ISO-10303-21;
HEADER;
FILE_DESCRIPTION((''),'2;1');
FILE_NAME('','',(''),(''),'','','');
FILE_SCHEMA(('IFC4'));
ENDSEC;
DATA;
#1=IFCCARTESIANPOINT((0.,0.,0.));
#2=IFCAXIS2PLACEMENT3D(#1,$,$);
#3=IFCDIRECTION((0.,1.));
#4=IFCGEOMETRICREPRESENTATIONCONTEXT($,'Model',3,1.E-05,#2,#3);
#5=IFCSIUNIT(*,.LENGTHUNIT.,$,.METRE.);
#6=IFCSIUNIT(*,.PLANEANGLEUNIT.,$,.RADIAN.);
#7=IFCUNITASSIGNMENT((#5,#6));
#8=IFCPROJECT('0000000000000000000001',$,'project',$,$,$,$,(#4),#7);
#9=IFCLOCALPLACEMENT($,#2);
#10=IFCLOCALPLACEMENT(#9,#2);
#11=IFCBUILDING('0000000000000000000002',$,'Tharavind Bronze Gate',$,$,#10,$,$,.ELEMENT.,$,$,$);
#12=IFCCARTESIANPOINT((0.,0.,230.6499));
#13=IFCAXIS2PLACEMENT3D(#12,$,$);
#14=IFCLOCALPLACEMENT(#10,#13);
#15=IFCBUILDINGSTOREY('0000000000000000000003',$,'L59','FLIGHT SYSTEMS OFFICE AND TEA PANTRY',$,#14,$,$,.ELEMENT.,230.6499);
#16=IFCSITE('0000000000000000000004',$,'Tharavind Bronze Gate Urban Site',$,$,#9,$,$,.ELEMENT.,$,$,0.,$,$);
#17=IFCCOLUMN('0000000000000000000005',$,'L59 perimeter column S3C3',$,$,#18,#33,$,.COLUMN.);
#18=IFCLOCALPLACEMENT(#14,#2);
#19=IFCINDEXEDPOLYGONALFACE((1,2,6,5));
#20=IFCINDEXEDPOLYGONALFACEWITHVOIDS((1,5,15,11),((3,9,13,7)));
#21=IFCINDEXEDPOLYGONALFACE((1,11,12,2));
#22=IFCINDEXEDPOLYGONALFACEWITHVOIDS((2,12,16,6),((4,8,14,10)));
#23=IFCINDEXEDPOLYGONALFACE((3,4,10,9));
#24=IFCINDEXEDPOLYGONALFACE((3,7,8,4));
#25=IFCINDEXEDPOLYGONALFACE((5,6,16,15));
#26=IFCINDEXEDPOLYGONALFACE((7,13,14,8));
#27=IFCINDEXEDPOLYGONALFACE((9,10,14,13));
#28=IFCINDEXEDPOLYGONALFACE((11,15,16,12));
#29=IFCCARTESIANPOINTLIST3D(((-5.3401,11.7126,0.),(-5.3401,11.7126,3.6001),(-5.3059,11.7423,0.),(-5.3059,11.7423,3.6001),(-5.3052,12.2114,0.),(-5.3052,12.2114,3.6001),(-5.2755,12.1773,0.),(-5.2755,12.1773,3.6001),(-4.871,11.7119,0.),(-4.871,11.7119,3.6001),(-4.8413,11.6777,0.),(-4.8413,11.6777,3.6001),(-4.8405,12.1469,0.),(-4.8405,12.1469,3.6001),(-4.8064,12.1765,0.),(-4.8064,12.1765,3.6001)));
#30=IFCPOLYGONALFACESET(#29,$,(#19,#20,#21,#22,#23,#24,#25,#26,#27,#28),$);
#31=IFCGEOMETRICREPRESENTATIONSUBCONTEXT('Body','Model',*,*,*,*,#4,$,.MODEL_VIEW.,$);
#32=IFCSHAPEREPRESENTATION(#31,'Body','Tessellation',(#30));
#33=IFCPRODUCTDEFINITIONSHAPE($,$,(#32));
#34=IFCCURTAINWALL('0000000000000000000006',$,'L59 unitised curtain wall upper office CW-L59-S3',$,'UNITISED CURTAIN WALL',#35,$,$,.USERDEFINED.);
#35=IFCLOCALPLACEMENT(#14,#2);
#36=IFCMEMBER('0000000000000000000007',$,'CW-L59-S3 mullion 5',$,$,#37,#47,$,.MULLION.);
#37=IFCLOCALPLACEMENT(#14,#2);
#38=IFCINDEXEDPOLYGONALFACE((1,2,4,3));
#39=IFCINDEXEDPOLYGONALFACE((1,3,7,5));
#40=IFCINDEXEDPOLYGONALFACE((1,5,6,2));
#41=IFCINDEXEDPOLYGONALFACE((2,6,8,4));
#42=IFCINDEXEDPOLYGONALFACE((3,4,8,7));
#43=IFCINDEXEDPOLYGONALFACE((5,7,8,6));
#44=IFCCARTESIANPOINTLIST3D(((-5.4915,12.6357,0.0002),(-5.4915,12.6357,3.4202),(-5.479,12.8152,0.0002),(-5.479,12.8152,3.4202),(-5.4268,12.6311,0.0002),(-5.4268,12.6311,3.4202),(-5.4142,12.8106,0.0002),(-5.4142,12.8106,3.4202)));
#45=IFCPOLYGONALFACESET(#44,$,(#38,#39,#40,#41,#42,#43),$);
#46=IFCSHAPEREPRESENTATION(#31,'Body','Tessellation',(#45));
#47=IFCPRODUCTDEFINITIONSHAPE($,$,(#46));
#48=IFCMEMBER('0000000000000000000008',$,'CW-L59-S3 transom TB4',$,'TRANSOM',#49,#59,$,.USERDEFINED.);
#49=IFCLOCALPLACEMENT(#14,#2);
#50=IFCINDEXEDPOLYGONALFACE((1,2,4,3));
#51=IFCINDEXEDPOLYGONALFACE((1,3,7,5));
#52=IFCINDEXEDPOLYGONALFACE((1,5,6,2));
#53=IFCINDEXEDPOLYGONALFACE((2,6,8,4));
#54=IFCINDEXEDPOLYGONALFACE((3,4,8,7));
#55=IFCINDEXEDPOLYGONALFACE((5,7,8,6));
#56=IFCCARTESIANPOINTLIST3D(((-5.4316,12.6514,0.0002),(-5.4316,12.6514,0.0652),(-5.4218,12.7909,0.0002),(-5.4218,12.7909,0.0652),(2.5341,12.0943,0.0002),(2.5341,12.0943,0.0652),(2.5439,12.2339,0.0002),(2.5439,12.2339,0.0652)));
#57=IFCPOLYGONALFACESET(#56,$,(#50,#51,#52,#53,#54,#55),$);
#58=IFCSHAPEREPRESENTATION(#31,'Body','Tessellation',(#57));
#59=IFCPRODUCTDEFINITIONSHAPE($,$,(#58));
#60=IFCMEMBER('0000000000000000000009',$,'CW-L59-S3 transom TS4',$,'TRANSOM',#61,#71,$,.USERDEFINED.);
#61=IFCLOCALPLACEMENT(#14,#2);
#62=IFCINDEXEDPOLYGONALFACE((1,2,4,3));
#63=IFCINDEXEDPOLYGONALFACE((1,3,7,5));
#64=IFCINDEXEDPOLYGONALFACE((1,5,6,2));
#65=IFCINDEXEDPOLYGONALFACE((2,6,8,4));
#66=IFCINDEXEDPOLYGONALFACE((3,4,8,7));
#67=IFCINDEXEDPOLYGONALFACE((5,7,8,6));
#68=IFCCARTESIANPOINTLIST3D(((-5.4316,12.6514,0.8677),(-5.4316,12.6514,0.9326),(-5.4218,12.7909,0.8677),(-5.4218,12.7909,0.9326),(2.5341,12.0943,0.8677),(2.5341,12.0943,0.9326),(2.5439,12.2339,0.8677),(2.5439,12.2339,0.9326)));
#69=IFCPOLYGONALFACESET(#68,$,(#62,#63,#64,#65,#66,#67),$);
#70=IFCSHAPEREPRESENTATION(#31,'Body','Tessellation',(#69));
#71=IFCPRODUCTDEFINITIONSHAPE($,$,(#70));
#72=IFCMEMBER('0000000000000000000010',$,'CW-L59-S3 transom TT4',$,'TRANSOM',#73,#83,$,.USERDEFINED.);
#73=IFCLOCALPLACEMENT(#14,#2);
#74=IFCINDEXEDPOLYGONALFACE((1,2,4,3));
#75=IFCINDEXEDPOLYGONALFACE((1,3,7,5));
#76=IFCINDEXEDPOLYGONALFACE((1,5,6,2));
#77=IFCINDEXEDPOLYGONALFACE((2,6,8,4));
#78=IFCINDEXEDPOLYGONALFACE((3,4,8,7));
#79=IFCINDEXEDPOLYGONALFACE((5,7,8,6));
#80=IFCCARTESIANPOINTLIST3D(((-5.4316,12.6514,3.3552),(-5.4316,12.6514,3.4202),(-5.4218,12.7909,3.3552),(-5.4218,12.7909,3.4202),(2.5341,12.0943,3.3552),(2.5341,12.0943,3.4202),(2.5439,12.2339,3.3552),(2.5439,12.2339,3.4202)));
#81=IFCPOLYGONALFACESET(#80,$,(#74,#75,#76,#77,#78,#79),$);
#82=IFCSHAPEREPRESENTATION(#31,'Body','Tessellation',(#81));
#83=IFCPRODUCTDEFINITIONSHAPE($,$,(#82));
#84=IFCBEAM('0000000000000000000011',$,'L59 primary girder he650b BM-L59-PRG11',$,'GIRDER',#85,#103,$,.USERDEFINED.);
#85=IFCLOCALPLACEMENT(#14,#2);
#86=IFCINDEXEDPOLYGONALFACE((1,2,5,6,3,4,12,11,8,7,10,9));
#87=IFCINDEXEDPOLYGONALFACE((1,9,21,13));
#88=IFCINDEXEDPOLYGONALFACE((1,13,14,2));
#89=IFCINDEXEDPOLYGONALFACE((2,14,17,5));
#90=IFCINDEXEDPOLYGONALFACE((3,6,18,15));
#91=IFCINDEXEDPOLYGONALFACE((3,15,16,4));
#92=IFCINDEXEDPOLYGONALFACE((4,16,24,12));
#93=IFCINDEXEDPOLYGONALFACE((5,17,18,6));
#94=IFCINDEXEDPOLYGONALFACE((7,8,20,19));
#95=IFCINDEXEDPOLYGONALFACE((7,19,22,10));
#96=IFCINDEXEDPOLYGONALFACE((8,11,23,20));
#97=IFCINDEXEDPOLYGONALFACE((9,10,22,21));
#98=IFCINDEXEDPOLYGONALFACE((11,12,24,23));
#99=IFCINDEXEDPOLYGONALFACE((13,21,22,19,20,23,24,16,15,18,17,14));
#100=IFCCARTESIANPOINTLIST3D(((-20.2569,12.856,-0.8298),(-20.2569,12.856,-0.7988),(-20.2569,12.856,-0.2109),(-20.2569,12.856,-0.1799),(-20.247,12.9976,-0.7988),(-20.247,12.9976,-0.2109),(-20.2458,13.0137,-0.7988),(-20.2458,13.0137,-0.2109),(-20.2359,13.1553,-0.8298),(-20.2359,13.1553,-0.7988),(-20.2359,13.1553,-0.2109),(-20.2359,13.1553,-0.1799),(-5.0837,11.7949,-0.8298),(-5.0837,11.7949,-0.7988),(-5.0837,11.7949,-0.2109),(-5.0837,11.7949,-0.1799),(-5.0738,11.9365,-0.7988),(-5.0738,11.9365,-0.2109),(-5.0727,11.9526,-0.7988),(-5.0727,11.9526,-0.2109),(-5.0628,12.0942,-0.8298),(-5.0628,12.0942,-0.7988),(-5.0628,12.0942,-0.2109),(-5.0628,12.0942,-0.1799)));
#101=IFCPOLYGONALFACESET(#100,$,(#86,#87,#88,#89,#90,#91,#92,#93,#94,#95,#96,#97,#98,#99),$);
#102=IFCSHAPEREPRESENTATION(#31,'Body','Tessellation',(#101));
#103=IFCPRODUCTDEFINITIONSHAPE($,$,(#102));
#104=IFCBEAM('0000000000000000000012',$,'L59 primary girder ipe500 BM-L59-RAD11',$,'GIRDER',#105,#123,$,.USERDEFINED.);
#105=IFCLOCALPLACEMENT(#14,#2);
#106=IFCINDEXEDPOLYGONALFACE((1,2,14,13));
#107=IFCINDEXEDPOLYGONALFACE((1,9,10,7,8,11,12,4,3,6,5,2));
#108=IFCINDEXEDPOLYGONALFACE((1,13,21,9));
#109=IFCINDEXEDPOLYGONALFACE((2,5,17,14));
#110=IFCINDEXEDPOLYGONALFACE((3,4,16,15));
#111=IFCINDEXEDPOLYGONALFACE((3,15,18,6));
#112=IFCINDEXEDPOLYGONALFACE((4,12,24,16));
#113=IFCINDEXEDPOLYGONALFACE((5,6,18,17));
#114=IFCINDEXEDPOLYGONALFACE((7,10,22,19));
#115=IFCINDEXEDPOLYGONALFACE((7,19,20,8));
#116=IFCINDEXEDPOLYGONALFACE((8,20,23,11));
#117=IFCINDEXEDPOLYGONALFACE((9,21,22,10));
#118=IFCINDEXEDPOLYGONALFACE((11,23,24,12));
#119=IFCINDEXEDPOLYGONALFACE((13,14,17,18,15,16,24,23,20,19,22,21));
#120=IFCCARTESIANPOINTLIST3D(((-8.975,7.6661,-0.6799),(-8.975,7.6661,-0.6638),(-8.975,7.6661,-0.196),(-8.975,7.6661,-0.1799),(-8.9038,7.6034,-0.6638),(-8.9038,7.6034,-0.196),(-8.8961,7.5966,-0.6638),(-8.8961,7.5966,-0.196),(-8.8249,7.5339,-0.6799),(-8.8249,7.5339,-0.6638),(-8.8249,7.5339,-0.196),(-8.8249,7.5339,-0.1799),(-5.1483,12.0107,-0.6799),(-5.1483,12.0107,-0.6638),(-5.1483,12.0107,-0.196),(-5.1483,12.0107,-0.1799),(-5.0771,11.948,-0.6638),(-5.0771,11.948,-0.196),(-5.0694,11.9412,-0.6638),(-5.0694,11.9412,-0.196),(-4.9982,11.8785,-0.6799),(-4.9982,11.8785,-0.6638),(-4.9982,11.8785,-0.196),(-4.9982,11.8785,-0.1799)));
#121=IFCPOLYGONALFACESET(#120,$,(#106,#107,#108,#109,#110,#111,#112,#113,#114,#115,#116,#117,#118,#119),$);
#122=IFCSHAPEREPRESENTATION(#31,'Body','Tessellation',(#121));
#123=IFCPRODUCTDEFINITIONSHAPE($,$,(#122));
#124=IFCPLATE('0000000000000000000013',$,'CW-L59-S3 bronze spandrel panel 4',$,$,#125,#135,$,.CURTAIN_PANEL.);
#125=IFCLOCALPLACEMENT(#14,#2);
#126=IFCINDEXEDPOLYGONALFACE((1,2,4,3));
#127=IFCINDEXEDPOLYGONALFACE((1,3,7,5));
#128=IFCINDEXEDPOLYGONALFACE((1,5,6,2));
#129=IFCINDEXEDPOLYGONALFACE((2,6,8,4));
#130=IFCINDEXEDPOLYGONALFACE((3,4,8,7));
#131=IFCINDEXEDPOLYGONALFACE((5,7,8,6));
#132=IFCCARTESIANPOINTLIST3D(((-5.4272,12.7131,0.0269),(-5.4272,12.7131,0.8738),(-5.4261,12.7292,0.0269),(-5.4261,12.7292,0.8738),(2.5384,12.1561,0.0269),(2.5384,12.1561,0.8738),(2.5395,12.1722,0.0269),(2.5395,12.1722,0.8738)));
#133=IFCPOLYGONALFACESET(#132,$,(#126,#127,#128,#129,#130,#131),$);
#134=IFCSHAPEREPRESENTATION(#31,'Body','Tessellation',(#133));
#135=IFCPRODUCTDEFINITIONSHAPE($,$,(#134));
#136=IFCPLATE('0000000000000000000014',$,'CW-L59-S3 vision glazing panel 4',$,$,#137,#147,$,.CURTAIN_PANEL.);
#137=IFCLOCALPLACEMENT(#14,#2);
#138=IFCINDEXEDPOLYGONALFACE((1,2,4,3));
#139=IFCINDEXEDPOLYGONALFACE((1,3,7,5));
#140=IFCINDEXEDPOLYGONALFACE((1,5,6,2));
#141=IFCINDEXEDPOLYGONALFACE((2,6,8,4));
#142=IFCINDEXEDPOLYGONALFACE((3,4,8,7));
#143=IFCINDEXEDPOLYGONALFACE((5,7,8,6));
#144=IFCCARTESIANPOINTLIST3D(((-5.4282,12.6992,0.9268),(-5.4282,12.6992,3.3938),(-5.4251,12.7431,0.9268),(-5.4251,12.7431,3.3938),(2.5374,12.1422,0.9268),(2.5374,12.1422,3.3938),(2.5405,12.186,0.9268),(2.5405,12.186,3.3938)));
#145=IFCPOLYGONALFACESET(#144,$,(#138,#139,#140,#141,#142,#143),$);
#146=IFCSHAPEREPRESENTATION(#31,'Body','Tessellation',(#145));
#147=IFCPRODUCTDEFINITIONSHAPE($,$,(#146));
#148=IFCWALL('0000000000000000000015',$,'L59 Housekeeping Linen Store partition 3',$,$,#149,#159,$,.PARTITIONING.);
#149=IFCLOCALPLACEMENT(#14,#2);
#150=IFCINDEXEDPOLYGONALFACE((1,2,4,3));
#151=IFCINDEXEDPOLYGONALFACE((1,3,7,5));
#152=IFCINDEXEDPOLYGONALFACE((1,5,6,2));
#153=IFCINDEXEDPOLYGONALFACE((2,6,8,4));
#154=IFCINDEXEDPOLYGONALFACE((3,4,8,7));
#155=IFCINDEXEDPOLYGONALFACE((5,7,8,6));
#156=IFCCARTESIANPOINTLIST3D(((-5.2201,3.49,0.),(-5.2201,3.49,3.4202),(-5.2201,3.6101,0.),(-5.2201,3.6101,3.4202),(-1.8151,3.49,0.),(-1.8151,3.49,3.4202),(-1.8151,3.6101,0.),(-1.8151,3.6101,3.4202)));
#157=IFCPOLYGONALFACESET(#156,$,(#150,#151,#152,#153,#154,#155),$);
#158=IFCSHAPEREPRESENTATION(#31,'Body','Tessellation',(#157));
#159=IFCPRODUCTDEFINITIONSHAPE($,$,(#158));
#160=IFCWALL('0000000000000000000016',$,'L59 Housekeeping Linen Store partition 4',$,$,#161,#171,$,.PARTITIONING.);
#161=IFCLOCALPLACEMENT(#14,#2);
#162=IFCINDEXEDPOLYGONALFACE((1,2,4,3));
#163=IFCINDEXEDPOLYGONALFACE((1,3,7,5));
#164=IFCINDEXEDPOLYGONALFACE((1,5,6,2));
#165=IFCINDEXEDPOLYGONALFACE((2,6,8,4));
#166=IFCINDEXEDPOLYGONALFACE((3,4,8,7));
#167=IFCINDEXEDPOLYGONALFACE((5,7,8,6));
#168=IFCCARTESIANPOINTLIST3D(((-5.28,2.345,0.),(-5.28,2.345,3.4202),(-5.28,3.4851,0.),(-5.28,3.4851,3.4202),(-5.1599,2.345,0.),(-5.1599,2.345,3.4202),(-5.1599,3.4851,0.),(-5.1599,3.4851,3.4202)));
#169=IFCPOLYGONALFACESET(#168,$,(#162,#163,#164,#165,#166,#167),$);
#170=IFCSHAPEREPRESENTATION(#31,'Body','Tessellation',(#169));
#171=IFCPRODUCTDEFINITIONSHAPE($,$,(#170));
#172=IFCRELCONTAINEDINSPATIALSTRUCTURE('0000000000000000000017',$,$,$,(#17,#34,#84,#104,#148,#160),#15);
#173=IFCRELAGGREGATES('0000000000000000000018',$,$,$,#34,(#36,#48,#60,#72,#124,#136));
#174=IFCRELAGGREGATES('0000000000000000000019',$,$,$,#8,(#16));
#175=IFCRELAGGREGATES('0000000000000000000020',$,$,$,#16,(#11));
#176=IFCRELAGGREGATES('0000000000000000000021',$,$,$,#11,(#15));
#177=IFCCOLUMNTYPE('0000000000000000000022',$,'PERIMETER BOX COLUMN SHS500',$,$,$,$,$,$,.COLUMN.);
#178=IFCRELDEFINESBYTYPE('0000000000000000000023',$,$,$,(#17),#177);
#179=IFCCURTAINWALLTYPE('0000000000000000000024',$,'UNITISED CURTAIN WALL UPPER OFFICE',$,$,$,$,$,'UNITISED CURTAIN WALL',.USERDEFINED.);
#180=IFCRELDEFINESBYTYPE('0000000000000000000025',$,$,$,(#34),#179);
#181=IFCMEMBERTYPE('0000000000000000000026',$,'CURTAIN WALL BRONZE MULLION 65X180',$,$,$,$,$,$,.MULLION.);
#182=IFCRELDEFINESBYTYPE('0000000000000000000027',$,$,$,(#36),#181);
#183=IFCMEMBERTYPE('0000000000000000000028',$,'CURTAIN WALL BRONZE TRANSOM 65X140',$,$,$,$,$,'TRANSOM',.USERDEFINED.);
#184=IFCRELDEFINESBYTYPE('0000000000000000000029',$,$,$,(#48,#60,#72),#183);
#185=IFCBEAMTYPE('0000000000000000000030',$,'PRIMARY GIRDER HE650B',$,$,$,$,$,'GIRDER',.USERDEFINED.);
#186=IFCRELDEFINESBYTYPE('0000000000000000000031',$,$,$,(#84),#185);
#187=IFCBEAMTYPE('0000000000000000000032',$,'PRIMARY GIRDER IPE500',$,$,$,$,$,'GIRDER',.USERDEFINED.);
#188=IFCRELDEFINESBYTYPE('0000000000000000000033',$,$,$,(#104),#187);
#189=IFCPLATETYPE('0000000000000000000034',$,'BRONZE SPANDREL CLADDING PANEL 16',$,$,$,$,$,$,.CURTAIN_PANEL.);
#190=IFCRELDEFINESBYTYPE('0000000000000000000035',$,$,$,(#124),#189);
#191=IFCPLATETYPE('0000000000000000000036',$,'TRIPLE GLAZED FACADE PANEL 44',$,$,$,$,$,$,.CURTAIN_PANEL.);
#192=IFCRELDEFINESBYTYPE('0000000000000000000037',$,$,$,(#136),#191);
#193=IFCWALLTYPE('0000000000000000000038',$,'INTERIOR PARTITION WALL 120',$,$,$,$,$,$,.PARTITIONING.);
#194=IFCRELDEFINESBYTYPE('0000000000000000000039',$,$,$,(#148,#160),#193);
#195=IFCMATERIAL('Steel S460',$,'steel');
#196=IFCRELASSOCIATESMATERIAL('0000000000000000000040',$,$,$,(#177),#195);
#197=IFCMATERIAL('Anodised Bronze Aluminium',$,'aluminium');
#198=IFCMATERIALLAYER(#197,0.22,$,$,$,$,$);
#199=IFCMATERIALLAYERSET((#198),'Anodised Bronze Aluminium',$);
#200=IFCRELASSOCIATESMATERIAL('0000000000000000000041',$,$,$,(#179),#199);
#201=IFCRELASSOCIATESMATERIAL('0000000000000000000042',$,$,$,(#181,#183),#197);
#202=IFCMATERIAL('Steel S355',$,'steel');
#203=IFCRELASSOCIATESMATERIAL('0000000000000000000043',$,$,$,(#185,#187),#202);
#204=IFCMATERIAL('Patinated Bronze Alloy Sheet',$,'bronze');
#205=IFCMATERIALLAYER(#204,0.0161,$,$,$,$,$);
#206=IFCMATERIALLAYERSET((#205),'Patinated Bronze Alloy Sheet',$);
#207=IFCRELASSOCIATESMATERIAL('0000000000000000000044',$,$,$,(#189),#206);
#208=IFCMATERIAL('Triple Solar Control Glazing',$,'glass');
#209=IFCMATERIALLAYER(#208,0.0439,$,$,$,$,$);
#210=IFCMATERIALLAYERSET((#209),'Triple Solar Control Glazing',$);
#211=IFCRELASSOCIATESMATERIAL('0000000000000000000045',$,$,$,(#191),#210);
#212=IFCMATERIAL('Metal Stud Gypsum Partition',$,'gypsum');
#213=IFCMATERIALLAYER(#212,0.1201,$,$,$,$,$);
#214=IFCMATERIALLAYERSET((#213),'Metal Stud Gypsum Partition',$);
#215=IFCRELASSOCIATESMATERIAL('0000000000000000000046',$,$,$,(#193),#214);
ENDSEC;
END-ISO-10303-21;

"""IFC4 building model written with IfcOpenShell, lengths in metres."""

from ifc_helpers import new_model, si_unit, direction, frame, frame_2d, origin, origin_2d, place, context, subcontext, project, spatial, rectangle, hollow_rectangle, i_section, extrude, material, layer, layer_set, material_profile, profile_set, type_object, element, aggregate, save


model = new_model("IFC4")

# Units and contexts
model_context = context("Model", 3, precision=1e-05, world=origin(), true_north=direction((0.0, 1.0)))
body_context = subcontext(model_context, "Body", "Model", "MODEL_VIEW")
ifc_project = project(units=[si_unit("LENGTHUNIT", "METRE"), si_unit("PLANEANGLEUNIT", "RADIAN")], contexts=[model_context])

# Site, building, storey
site_placement = place(None, origin())
site = spatial("IfcSite", under=ifc_project, at=site_placement, Name="Tharavind Bronze Gate Urban Site", CompositionType="ELEMENT", RefElevation=0.0)
building_placement = place(site_placement, origin())
building = spatial("IfcBuilding", under=site, at=building_placement, Name="Tharavind Bronze Gate", CompositionType="ELEMENT")
storey_placement = place(building_placement, frame((0.0, 0.0, 230.6499)))
storey = spatial("IfcBuildingStorey", under=building, at=storey_placement, Name="L59", Description="FLIGHT SYSTEMS OFFICE AND TEA PANTRY", CompositionType="ELEMENT", Elevation=230.6499)

# Column
ifc_material_1 = material(Name="Steel S460", Category="steel")
ifc_material_profile_1 = material_profile(ifc_material_1, hollow_rectangle(XDim=0.5, YDim=0.5, WallThickness=0.032, at=origin_2d()), Name="SHS500X32")
ifc_profile_set_1 = profile_set([ifc_material_profile_1], Name="Steel S460")
column_type = type_object("IfcColumnType", Name="PERIMETER BOX COLUMN SHS500", PredefinedType="COLUMN", material=ifc_profile_set_1)
column_placement = place(storey_placement, frame((-5.0732, 11.9446, 0.0), z_axis=(0.0, 0.0, 1.0), x_axis=(-0.997564, 0.069756, 0.0)))
element("IfcColumn", 1, at=column_placement, inside=storey, type_object=column_type, Name="L59 perimeter column S3C3", PredefinedType="COLUMN", context=body_context, shape_type="SweptSolid", body=[
    extrude(hollow_rectangle(XDim=0.5, YDim=0.5, WallThickness=0.032, at=origin_2d()), origin(), (0.0, 0.0, 1.0), 3.6001),
])

# Curtain wall, members
ifc_material_2 = material(Name="Anodised Bronze Aluminium", Category="aluminium")
ifc_layer_1 = layer(ifc_material_2, 0.22)
ifc_layer_set_1 = layer_set([ifc_layer_1], Name="Anodised Bronze Aluminium")
curtain_wall_type = type_object("IfcCurtainWallType", Name="UNITISED CURTAIN WALL UPPER OFFICE", ElementType="UNITISED CURTAIN WALL", PredefinedType="USERDEFINED", material=ifc_layer_set_1)
curtain_wall_placement = place(storey_placement, origin())
curtain_wall = element("IfcCurtainWall", 2, at=curtain_wall_placement, inside=storey, type_object=curtain_wall_type, Name="L59 unitised curtain wall upper office CW-L59-S3", ObjectType="UNITISED CURTAIN WALL", PredefinedType="USERDEFINED")
member_type_1 = type_object("IfcMemberType", Name="CURTAIN WALL BRONZE MULLION 65X180", PredefinedType="MULLION", material=ifc_material_2)
member_1_placement = place(storey_placement, frame((-5.4529, 12.7231, 0.0002), z_axis=(0.0, 0.0, 1.0), x_axis=(-0.997564, 0.069758, 0.0)))
member_1 = element("IfcMember", 3, at=member_1_placement, type_object=member_type_1, Name="CW-L59-S3 mullion 5", PredefinedType="MULLION", context=body_context, shape_type="SweptSolid", body=[
    extrude(rectangle(XDim=0.0649, YDim=0.1799, at=origin_2d()), origin(), (0.0, 0.0, 1.0), 3.4199),
])
member_type_2 = type_object("IfcMemberType", Name="CURTAIN WALL BRONZE TRANSOM 65X140", ElementType="TRANSOM", PredefinedType="USERDEFINED", material=ifc_material_2)
member_2_placement = place(storey_placement, frame((-1.4438, 12.4426, 0.0002), z_axis=(0.0, 0.0, 1.0), x_axis=(-0.997564, 0.069758, 0.0)))
member_2 = element("IfcMember", 4, at=member_2_placement, type_object=member_type_2, Name="CW-L59-S3 transom TB4", ObjectType="TRANSOM", PredefinedType="USERDEFINED", context=body_context, shape_type="SweptSolid", body=[
    extrude(rectangle(XDim=7.9851, YDim=0.1399, at=origin_2d()), origin(), (0.0, 0.0, 1.0), 0.0649),
])
member_3_placement = place(storey_placement, frame((-1.4438, 12.4426, 0.8677), z_axis=(0.0, 0.0, 1.0), x_axis=(-0.997564, 0.069758, 0.0)))
member_3 = element("IfcMember", 5, at=member_3_placement, type_object=member_type_2, Name="CW-L59-S3 transom TS4", ObjectType="TRANSOM", PredefinedType="USERDEFINED", context=body_context, shape_type="SweptSolid", body=[
    extrude(rectangle(XDim=7.9851, YDim=0.1399, at=origin_2d()), origin(), (0.0, 0.0, 1.0), 0.0649),
])
member_4_placement = place(storey_placement, frame((-1.4438, 12.4426, 3.3552), z_axis=(0.0, 0.0, 1.0), x_axis=(-0.997564, 0.069758, 0.0)))
member_4 = element("IfcMember", 6, at=member_4_placement, type_object=member_type_2, Name="CW-L59-S3 transom TT4", ObjectType="TRANSOM", PredefinedType="USERDEFINED", context=body_context, shape_type="SweptSolid", body=[
    extrude(rectangle(XDim=7.9851, YDim=0.1399, at=origin_2d()), origin(), (0.0, 0.0, 1.0), 0.0649),
])

# Beams
ifc_material_3 = material(Name="Steel S355", Category="steel")
ifc_material_profile_2 = material_profile(ifc_material_3, i_section(OverallWidth=0.3, OverallDepth=0.6499, WebThickness=0.0161, FlangeThickness=0.031, at=origin_2d()), Name="HE650B")
ifc_profile_set_2 = profile_set([ifc_material_profile_2], Name="Steel S355")
beam_type_1 = type_object("IfcBeamType", Name="PRIMARY GIRDER HE650B", ElementType="GIRDER", PredefinedType="USERDEFINED", material=ifc_profile_set_2)
beam_1_placement = place(storey_placement, frame((-5.0732, 11.9446, -0.5049), z_axis=(-0.997564, 0.069758, 0.0), x_axis=(-0.069758, -0.997564, 0.0)))
element("IfcBeam", 7, at=beam_1_placement, inside=storey, type_object=beam_type_1, Name="L59 primary girder he650b BM-L59-PRG11", ObjectType="GIRDER", PredefinedType="USERDEFINED", context=body_context, shape_type="SweptSolid", body=[
    extrude(i_section(OverallWidth=0.3, OverallDepth=0.6499, WebThickness=0.0161, FlangeThickness=0.031, at=origin_2d()), origin(), (0.0, 0.0, 1.0), 15.2102),
])
ifc_material_profile_3 = material_profile(ifc_material_3, i_section(OverallWidth=0.2, OverallDepth=0.5, WebThickness=0.0103, FlangeThickness=0.0161, at=origin_2d()), Name="IPE500")
ifc_profile_set_3 = profile_set([ifc_material_profile_3], Name="Steel S355")
beam_type_2 = type_object("IfcBeamType", Name="PRIMARY GIRDER IPE500", ElementType="GIRDER", PredefinedType="USERDEFINED", material=ifc_profile_set_3)
beam_2_placement = place(storey_placement, frame((-5.0732, 11.9446, -0.4299), z_axis=(-0.66097, -0.750412, 0.0), x_axis=(0.750412, -0.66097, 0.0)))
element("IfcBeam", 8, at=beam_2_placement, inside=storey, type_object=beam_type_2, Name="L59 primary girder ipe500 BM-L59-RAD11", ObjectType="GIRDER", PredefinedType="USERDEFINED", context=body_context, shape_type="SweptSolid", body=[
    extrude(i_section(OverallWidth=0.2, OverallDepth=0.5, WebThickness=0.0103, FlangeThickness=0.0161, at=origin_2d()), origin(), (0.0, 0.0, 1.0), 5.7896),
])

# Plates
ifc_material_4 = material(Name="Patinated Bronze Alloy Sheet", Category="bronze")
ifc_layer_2 = layer(ifc_material_4, 0.0161)
ifc_layer_set_2 = layer_set([ifc_layer_2], Name="Patinated Bronze Alloy Sheet")
plate_type_1 = type_object("IfcPlateType", Name="BRONZE SPANDREL CLADDING PANEL 16", PredefinedType="CURTAIN_PANEL", material=ifc_layer_set_2)
plate_1_placement = place(storey_placement, frame((-1.4438, 12.4426, 0.0269), z_axis=(0.0, 0.0, 1.0), x_axis=(-0.997564, 0.069758, 0.0)))
plate_1 = element("IfcPlate", 9, at=plate_1_placement, type_object=plate_type_1, Name="CW-L59-S3 bronze spandrel panel 4", PredefinedType="CURTAIN_PANEL", context=body_context, shape_type="SweptSolid", body=[
    extrude(rectangle(XDim=7.9851, YDim=0.0161, at=origin_2d()), origin(), (0.0, 0.0, 1.0), 0.8469),
])
ifc_material_5 = material(Name="Triple Solar Control Glazing", Category="glass")
ifc_layer_3 = layer(ifc_material_5, 0.0439)
ifc_layer_set_3 = layer_set([ifc_layer_3], Name="Triple Solar Control Glazing")
plate_type_2 = type_object("IfcPlateType", Name="TRIPLE GLAZED FACADE PANEL 44", PredefinedType="CURTAIN_PANEL", material=ifc_layer_set_3)
plate_2_placement = place(storey_placement, frame((-1.4438, 12.4426, 0.9268), z_axis=(0.0, 0.0, 1.0), x_axis=(-0.997564, 0.069758, 0.0)))
plate_2 = element("IfcPlate", 10, at=plate_2_placement, type_object=plate_type_2, Name="CW-L59-S3 vision glazing panel 4", PredefinedType="CURTAIN_PANEL", context=body_context, shape_type="SweptSolid", body=[
    extrude(rectangle(XDim=7.9851, YDim=0.0439, at=origin_2d()), origin(), (0.0, 0.0, 1.0), 2.467),
])
aggregate(curtain_wall, [member_1, member_2, member_3, member_4, plate_1, plate_2])

# Walls
ifc_material_6 = material(Name="Metal Stud Gypsum Partition", Category="gypsum")
ifc_layer_4 = layer(ifc_material_6, 0.1201)
ifc_layer_set_4 = layer_set([ifc_layer_4], Name="Metal Stud Gypsum Partition")
wall_type_1 = type_object("IfcWallType", Name="INTERIOR PARTITION WALL 120", PredefinedType="PARTITIONING", material=ifc_layer_set_4)
wall_1_placement = place(storey_placement, frame((-1.8149, 3.55, 0.0), z_axis=(0.0, 0.0, 1.0), x_axis=(-1.0, 0.0, 0.0)))
element("IfcWall", 11, at=wall_1_placement, inside=storey, type_object=wall_type_1, Name="L59 Housekeeping Linen Store partition 3", PredefinedType="PARTITIONING", context=body_context, shape_type="SweptSolid", body=[
    extrude(rectangle(XDim=3.405, YDim=0.1201, at=frame_2d((1.7026, 0.0))), origin(), (0.0, 0.0, 1.0), 3.4202),
])
wall_2_placement = place(storey_placement, frame((-5.22, 3.4851, 0.0), z_axis=(0.0, 0.0, 1.0), x_axis=(0.0, -1.0, 0.0)))
element("IfcWall", 12, at=wall_2_placement, inside=storey, type_object=wall_type_1, Name="L59 Housekeeping Linen Store partition 4", PredefinedType="PARTITIONING", context=body_context, shape_type="SweptSolid", body=[
    extrude(rectangle(XDim=1.1401, YDim=0.1201, at=frame_2d((0.5701, 0.0))), origin(), (0.0, 0.0, 1.0), 3.4202),
])

save(model, "model.ifc")
